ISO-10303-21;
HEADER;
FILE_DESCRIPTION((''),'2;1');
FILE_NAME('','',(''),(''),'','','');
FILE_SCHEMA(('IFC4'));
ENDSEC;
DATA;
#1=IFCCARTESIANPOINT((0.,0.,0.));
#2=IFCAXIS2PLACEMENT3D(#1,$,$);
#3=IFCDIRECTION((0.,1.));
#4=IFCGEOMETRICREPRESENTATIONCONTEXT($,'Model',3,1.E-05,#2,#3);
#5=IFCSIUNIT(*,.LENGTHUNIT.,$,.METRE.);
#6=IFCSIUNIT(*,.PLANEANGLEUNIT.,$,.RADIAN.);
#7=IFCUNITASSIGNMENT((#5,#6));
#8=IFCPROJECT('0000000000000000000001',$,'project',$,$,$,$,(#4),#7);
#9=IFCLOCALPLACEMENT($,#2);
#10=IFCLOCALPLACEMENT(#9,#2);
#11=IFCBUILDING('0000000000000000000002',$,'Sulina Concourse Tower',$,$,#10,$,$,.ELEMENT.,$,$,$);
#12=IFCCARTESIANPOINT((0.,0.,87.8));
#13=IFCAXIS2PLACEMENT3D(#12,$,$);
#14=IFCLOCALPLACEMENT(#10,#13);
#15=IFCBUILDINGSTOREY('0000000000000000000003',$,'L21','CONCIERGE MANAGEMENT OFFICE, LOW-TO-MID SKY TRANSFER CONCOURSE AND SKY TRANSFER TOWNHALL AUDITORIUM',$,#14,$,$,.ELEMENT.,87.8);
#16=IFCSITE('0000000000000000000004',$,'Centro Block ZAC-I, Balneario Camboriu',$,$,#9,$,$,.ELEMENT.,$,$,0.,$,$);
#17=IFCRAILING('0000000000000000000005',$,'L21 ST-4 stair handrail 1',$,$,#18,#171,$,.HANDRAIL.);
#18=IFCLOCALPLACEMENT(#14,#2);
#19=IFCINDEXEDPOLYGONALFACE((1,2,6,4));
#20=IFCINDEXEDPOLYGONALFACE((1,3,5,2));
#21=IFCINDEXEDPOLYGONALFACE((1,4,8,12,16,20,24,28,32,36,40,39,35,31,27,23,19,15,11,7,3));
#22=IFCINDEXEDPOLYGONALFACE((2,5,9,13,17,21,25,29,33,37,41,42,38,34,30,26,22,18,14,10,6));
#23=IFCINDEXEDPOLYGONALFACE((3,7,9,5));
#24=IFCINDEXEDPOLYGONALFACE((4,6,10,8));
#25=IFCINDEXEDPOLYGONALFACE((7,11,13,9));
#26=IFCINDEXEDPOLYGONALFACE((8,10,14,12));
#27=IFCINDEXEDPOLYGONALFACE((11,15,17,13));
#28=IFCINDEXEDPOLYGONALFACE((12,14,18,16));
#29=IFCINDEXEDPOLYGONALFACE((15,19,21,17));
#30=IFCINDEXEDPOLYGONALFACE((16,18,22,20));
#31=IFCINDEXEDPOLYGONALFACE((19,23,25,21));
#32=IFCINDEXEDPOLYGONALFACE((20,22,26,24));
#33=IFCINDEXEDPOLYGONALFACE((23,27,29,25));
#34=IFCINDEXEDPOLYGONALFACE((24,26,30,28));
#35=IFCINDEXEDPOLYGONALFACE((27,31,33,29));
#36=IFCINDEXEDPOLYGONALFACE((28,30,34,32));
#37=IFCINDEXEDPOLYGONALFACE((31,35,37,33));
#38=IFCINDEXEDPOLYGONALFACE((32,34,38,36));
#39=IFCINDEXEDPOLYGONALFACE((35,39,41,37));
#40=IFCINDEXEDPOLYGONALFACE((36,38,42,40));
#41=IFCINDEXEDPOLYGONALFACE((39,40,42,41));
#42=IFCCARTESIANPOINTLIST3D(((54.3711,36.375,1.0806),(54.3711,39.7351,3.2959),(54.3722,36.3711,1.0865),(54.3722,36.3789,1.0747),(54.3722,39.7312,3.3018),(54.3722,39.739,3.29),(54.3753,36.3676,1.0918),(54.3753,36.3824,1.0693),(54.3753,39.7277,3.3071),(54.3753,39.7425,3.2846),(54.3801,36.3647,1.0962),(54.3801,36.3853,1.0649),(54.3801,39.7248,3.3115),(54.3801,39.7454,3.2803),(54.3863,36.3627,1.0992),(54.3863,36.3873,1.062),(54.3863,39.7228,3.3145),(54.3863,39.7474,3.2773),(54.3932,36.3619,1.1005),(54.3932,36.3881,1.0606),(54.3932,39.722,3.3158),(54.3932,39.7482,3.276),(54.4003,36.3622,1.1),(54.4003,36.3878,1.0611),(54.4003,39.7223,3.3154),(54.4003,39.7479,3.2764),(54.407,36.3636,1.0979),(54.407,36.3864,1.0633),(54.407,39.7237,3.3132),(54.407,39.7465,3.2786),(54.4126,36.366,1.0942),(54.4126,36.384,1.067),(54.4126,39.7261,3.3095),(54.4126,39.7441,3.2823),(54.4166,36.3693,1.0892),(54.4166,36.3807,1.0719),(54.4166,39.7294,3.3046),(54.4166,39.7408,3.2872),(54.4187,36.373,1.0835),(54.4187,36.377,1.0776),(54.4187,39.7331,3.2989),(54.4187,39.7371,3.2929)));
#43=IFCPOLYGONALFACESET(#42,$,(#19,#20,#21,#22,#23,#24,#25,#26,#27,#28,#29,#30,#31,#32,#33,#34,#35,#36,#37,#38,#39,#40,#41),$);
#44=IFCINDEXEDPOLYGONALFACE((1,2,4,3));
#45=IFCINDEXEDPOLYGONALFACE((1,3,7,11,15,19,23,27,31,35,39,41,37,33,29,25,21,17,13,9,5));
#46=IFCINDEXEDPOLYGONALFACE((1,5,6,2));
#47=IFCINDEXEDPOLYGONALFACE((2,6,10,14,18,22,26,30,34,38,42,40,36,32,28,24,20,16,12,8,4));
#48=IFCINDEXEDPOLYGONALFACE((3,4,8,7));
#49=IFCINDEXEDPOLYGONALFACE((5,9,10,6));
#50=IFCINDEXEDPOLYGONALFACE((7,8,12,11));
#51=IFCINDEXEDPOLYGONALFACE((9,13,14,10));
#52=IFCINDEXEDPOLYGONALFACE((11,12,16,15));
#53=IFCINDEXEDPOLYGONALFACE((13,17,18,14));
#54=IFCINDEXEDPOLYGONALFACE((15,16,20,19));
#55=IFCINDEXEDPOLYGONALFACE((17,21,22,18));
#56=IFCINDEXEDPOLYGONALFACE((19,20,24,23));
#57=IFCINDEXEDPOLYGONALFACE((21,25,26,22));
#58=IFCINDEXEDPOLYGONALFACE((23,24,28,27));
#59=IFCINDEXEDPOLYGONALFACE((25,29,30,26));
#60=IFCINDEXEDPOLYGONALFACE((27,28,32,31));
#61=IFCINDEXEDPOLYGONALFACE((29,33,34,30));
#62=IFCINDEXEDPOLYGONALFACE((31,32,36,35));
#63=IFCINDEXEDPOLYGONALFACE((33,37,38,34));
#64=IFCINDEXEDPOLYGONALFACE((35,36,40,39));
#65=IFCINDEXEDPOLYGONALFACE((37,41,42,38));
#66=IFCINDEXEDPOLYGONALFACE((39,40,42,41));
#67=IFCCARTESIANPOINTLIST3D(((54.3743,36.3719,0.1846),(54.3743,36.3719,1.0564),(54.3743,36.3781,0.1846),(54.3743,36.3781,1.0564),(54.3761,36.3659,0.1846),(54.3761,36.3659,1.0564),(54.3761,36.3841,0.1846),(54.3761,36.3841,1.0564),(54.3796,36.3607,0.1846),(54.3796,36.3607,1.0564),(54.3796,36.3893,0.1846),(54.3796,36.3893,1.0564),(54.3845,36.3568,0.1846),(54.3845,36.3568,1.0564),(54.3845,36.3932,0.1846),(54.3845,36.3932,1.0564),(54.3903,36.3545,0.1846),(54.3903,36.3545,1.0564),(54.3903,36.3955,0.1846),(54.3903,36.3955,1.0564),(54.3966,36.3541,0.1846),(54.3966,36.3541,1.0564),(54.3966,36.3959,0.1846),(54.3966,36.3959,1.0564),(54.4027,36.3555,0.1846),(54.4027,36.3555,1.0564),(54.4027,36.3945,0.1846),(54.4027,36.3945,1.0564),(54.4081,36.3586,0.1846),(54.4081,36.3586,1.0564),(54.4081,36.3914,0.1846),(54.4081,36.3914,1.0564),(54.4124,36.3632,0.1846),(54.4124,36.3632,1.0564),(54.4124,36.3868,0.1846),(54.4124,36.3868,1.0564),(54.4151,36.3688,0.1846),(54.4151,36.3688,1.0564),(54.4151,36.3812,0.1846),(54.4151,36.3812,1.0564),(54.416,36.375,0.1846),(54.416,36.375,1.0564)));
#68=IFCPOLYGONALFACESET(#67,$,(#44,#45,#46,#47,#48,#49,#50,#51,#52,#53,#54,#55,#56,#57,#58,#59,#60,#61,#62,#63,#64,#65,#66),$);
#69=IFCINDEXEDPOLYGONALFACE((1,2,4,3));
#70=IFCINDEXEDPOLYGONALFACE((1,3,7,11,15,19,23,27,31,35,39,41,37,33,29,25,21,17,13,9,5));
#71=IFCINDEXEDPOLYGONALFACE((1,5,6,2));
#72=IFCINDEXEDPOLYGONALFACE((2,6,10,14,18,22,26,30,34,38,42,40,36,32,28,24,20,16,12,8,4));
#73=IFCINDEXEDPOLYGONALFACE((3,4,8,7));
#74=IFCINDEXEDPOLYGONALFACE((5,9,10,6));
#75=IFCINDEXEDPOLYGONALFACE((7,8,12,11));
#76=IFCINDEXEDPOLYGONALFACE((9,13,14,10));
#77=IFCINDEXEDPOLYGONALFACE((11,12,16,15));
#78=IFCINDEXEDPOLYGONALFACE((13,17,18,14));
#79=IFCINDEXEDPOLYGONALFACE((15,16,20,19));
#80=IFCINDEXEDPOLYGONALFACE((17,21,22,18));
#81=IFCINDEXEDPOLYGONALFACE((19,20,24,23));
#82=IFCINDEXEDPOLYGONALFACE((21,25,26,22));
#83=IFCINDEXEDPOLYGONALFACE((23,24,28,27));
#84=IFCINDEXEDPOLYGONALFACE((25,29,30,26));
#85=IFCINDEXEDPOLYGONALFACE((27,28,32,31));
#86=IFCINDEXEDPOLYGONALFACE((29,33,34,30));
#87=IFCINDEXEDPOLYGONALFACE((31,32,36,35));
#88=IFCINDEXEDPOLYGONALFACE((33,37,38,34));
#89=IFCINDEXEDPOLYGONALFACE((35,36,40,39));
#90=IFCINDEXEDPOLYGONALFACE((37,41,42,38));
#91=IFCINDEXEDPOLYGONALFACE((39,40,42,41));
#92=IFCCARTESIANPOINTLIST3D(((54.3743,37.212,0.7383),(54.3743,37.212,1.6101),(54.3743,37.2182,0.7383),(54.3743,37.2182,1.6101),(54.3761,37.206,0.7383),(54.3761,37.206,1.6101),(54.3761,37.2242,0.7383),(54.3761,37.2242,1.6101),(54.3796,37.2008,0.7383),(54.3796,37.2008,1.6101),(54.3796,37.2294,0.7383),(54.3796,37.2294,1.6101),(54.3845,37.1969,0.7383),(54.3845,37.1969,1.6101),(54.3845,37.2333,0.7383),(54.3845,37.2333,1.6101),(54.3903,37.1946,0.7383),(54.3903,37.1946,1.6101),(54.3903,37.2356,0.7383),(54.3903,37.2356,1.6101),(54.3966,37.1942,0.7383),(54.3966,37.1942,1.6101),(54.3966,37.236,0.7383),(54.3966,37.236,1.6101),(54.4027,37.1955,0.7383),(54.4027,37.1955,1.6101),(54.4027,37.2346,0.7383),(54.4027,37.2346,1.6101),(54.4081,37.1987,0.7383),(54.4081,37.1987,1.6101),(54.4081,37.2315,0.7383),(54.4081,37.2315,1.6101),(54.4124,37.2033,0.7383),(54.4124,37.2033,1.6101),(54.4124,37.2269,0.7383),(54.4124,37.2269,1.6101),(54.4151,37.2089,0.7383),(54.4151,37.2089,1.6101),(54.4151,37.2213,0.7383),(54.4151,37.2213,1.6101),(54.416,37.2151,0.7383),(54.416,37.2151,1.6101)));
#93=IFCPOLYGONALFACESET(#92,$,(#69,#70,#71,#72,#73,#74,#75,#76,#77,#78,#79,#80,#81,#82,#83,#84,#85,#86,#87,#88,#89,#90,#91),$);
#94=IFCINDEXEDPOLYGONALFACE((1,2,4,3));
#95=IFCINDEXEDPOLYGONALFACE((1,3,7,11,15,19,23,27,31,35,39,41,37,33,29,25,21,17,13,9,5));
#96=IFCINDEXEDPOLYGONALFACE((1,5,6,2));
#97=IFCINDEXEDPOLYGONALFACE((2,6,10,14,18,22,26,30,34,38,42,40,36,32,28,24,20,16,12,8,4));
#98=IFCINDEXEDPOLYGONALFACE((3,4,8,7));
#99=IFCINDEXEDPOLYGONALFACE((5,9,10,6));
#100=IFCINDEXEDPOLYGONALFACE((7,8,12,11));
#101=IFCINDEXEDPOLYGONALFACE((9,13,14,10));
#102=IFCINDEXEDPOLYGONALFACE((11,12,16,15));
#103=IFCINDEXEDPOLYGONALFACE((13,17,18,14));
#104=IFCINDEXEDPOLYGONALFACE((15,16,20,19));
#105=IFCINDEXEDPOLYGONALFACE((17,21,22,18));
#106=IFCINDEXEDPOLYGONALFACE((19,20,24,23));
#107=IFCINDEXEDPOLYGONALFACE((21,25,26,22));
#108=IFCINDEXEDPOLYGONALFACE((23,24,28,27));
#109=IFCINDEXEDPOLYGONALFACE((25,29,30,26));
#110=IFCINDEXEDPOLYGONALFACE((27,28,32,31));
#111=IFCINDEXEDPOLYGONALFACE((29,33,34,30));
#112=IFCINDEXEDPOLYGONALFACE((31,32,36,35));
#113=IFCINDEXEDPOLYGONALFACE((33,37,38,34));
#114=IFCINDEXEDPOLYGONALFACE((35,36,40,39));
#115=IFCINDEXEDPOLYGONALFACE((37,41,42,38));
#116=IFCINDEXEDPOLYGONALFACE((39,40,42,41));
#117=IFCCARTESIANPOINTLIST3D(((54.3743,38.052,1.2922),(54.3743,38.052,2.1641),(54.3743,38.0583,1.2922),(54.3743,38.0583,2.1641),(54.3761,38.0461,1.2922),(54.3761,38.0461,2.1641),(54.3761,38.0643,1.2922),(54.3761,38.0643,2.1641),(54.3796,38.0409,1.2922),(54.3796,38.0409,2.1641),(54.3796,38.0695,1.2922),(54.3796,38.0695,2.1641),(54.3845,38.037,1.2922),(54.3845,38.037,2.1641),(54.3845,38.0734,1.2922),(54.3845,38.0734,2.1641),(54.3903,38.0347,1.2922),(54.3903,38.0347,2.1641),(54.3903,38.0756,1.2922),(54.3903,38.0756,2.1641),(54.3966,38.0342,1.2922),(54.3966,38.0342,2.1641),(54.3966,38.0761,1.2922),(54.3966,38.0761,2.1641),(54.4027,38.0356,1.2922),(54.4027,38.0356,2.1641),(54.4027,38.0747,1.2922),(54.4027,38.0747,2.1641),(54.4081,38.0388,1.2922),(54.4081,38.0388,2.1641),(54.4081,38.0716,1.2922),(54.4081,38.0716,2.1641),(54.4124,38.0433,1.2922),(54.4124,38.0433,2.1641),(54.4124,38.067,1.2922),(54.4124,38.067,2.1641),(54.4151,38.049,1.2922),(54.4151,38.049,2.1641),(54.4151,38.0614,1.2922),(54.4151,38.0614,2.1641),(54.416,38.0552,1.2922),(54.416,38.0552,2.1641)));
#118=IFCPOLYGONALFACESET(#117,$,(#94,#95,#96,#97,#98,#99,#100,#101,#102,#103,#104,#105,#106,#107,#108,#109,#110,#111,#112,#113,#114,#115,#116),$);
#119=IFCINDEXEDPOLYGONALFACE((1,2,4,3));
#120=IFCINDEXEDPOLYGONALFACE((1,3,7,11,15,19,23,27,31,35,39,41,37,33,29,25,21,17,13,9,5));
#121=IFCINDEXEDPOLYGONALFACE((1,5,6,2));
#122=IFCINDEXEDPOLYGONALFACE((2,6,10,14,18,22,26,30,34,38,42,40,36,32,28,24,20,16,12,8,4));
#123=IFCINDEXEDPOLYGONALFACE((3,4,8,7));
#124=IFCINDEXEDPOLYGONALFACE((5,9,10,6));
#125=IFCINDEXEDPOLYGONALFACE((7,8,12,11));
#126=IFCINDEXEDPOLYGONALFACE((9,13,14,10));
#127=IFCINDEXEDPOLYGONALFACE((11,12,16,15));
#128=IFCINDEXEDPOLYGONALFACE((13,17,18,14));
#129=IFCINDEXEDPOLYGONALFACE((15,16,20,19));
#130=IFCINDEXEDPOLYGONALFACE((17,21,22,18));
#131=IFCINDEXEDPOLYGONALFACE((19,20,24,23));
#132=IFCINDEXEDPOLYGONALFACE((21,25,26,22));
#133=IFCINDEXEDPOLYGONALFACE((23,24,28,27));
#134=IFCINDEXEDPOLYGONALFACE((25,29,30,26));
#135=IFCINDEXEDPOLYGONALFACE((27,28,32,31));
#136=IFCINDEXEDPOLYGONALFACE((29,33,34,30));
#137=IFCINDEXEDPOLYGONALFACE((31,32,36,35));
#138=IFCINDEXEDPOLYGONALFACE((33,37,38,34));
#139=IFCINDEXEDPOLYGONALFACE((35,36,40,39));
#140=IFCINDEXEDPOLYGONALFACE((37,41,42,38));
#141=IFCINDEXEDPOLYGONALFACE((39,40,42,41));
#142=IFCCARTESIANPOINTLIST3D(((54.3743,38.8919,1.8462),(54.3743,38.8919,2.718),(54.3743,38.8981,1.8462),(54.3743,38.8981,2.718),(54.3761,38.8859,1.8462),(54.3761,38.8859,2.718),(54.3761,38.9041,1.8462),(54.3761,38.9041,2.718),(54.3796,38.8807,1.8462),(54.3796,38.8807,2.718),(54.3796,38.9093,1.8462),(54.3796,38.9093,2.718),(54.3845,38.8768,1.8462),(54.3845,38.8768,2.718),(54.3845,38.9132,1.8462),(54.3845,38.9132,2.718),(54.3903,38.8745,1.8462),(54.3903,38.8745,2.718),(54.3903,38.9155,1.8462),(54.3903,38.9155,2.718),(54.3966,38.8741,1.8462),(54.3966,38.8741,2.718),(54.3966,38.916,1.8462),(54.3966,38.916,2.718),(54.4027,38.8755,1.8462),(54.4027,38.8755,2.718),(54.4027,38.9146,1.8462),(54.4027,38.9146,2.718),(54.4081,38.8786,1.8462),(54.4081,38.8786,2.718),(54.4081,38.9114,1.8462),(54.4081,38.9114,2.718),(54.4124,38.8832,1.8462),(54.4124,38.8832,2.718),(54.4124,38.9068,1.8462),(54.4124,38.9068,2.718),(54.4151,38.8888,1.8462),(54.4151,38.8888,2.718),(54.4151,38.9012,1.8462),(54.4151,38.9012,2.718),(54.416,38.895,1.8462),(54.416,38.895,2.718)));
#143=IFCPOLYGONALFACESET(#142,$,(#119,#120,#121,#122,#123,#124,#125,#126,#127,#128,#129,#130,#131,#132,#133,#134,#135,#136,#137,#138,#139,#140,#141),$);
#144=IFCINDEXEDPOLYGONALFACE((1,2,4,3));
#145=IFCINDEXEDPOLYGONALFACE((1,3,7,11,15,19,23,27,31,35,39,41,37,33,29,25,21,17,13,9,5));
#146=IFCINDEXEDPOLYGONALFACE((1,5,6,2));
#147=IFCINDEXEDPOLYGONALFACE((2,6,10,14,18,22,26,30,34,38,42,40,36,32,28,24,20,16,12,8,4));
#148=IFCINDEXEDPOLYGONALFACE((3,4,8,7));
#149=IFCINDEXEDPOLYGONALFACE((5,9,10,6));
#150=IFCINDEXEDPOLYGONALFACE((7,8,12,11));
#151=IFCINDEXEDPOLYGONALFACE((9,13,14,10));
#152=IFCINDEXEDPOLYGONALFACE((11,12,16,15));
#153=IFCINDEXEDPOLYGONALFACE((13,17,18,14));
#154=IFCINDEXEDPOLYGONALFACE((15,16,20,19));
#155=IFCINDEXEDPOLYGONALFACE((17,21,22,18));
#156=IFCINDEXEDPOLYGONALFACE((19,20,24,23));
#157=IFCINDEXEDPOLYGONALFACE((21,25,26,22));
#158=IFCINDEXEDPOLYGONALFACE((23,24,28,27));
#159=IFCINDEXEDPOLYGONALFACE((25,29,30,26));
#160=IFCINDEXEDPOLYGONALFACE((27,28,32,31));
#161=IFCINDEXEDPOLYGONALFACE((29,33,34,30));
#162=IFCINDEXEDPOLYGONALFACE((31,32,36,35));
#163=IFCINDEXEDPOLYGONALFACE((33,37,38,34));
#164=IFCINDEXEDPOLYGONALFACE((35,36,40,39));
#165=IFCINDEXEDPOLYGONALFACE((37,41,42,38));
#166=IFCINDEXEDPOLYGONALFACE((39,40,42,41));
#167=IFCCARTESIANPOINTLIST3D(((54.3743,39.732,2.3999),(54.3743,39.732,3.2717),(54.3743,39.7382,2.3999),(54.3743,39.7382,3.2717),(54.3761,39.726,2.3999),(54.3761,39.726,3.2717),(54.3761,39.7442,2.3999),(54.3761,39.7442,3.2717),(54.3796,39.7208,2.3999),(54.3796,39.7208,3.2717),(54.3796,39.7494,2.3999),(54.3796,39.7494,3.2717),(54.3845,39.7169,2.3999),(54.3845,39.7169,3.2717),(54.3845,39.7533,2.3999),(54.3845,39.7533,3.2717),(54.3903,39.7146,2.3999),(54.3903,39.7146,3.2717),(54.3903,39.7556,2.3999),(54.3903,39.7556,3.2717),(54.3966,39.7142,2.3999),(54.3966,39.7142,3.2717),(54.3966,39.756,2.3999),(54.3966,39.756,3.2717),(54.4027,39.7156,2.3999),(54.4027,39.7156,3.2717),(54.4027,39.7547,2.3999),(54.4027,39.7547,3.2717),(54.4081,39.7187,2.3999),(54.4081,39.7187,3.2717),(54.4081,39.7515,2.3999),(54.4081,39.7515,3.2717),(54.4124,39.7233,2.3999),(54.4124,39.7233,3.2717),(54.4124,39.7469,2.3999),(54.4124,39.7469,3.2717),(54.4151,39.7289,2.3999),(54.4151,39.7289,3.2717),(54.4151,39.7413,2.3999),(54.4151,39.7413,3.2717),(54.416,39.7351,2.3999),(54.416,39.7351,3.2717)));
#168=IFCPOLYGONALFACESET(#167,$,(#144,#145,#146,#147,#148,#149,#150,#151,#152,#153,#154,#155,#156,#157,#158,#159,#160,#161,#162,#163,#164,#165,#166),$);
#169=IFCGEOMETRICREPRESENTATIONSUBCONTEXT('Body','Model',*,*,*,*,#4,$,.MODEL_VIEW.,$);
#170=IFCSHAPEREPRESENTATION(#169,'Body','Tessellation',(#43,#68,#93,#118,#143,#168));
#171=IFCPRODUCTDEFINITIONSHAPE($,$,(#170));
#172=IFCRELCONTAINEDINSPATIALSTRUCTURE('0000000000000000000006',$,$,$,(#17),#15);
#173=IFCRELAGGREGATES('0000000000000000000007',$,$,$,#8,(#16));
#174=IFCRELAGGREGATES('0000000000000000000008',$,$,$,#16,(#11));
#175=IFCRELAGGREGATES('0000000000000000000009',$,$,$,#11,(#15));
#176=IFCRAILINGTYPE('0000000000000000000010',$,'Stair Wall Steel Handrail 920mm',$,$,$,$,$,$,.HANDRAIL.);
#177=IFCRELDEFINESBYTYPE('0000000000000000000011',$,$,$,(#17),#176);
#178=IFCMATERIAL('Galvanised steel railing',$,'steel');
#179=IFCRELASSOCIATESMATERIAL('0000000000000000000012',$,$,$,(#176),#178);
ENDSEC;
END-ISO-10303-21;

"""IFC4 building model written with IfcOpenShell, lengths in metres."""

from ifc_helpers import new_model, si_unit, direction, frame, origin, origin_2d, place, context, subcontext, project, spatial, circle, extrude, material, type_object, element, save


model = new_model("IFC4")

# Units and contexts
model_context = context("Model", 3, precision=1e-05, world=origin(), true_north=direction((0.0, 1.0)))
body_context = subcontext(model_context, "Body", "Model", "MODEL_VIEW")
ifc_project = project(units=[si_unit("LENGTHUNIT", "METRE"), si_unit("PLANEANGLEUNIT", "RADIAN")], contexts=[model_context])

# Site, building, storey
site_placement = place(None, origin())
site = spatial("IfcSite", under=ifc_project, at=site_placement, Name="Centro Block ZAC-I, Balneario Camboriu", CompositionType="ELEMENT", RefElevation=0.0)
building_placement = place(site_placement, origin())
building = spatial("IfcBuilding", under=site, at=building_placement, Name="Sulina Concourse Tower", CompositionType="ELEMENT")
storey_placement = place(building_placement, frame((0.0, 0.0, 87.8)))
storey = spatial("IfcBuildingStorey", under=building, at=storey_placement, Name="L21", Description="CONCIERGE MANAGEMENT OFFICE, LOW-TO-MID SKY TRANSFER CONCOURSE AND SKY TRANSFER TOWNHALL AUDITORIUM", CompositionType="ELEMENT", Elevation=87.8)

# Railing
ifc_material_1 = material(Name="Galvanised steel railing", Category="steel")
railing_type_1 = type_object("IfcRailingType", Name="Stair Wall Steel Handrail 920mm", PredefinedType="HANDRAIL", material=ifc_material_1)
railing_1_placement = place(storey_placement, frame((54.395, 36.375, 0.1846)))
element("IfcRailing", 1, at=railing_1_placement, inside=storey, type_object=railing_type_1, Name="L21 ST-4 stair handrail 1", PredefinedType="HANDRAIL", context=body_context, shape_type="SweptSolid", body=[
    extrude(circle(Radius=0.0239, at=origin_2d()), frame((0.0, 0.0, 0.896), z_axis=(0.0, 0.834876, 0.550437), x_axis=(-1.0, 0.0, 0.0)), (0.0, 0.0, 1.0), 4.0247),
    extrude(circle(Radius=0.021, at=origin_2d()), origin(), (0.0, 0.0, 1.0), 0.8718),
    extrude(circle(Radius=0.021, at=origin_2d()), frame((0.0, 0.8401, 0.5537)), (0.0, 0.0, 1.0), 0.8718),
    extrude(circle(Radius=0.021, at=origin_2d()), frame((0.0, 1.6802, 1.1077)), (0.0, 0.0, 1.0), 0.8718),
    extrude(circle(Radius=0.021, at=origin_2d()), frame((0.0, 2.52, 1.6616)), (0.0, 0.0, 1.0), 0.8718),
    extrude(circle(Radius=0.021, at=origin_2d()), frame((0.0, 3.3601, 2.2153)), (0.0, 0.0, 1.0), 0.8718),
])

save(model, "model.ifc")
